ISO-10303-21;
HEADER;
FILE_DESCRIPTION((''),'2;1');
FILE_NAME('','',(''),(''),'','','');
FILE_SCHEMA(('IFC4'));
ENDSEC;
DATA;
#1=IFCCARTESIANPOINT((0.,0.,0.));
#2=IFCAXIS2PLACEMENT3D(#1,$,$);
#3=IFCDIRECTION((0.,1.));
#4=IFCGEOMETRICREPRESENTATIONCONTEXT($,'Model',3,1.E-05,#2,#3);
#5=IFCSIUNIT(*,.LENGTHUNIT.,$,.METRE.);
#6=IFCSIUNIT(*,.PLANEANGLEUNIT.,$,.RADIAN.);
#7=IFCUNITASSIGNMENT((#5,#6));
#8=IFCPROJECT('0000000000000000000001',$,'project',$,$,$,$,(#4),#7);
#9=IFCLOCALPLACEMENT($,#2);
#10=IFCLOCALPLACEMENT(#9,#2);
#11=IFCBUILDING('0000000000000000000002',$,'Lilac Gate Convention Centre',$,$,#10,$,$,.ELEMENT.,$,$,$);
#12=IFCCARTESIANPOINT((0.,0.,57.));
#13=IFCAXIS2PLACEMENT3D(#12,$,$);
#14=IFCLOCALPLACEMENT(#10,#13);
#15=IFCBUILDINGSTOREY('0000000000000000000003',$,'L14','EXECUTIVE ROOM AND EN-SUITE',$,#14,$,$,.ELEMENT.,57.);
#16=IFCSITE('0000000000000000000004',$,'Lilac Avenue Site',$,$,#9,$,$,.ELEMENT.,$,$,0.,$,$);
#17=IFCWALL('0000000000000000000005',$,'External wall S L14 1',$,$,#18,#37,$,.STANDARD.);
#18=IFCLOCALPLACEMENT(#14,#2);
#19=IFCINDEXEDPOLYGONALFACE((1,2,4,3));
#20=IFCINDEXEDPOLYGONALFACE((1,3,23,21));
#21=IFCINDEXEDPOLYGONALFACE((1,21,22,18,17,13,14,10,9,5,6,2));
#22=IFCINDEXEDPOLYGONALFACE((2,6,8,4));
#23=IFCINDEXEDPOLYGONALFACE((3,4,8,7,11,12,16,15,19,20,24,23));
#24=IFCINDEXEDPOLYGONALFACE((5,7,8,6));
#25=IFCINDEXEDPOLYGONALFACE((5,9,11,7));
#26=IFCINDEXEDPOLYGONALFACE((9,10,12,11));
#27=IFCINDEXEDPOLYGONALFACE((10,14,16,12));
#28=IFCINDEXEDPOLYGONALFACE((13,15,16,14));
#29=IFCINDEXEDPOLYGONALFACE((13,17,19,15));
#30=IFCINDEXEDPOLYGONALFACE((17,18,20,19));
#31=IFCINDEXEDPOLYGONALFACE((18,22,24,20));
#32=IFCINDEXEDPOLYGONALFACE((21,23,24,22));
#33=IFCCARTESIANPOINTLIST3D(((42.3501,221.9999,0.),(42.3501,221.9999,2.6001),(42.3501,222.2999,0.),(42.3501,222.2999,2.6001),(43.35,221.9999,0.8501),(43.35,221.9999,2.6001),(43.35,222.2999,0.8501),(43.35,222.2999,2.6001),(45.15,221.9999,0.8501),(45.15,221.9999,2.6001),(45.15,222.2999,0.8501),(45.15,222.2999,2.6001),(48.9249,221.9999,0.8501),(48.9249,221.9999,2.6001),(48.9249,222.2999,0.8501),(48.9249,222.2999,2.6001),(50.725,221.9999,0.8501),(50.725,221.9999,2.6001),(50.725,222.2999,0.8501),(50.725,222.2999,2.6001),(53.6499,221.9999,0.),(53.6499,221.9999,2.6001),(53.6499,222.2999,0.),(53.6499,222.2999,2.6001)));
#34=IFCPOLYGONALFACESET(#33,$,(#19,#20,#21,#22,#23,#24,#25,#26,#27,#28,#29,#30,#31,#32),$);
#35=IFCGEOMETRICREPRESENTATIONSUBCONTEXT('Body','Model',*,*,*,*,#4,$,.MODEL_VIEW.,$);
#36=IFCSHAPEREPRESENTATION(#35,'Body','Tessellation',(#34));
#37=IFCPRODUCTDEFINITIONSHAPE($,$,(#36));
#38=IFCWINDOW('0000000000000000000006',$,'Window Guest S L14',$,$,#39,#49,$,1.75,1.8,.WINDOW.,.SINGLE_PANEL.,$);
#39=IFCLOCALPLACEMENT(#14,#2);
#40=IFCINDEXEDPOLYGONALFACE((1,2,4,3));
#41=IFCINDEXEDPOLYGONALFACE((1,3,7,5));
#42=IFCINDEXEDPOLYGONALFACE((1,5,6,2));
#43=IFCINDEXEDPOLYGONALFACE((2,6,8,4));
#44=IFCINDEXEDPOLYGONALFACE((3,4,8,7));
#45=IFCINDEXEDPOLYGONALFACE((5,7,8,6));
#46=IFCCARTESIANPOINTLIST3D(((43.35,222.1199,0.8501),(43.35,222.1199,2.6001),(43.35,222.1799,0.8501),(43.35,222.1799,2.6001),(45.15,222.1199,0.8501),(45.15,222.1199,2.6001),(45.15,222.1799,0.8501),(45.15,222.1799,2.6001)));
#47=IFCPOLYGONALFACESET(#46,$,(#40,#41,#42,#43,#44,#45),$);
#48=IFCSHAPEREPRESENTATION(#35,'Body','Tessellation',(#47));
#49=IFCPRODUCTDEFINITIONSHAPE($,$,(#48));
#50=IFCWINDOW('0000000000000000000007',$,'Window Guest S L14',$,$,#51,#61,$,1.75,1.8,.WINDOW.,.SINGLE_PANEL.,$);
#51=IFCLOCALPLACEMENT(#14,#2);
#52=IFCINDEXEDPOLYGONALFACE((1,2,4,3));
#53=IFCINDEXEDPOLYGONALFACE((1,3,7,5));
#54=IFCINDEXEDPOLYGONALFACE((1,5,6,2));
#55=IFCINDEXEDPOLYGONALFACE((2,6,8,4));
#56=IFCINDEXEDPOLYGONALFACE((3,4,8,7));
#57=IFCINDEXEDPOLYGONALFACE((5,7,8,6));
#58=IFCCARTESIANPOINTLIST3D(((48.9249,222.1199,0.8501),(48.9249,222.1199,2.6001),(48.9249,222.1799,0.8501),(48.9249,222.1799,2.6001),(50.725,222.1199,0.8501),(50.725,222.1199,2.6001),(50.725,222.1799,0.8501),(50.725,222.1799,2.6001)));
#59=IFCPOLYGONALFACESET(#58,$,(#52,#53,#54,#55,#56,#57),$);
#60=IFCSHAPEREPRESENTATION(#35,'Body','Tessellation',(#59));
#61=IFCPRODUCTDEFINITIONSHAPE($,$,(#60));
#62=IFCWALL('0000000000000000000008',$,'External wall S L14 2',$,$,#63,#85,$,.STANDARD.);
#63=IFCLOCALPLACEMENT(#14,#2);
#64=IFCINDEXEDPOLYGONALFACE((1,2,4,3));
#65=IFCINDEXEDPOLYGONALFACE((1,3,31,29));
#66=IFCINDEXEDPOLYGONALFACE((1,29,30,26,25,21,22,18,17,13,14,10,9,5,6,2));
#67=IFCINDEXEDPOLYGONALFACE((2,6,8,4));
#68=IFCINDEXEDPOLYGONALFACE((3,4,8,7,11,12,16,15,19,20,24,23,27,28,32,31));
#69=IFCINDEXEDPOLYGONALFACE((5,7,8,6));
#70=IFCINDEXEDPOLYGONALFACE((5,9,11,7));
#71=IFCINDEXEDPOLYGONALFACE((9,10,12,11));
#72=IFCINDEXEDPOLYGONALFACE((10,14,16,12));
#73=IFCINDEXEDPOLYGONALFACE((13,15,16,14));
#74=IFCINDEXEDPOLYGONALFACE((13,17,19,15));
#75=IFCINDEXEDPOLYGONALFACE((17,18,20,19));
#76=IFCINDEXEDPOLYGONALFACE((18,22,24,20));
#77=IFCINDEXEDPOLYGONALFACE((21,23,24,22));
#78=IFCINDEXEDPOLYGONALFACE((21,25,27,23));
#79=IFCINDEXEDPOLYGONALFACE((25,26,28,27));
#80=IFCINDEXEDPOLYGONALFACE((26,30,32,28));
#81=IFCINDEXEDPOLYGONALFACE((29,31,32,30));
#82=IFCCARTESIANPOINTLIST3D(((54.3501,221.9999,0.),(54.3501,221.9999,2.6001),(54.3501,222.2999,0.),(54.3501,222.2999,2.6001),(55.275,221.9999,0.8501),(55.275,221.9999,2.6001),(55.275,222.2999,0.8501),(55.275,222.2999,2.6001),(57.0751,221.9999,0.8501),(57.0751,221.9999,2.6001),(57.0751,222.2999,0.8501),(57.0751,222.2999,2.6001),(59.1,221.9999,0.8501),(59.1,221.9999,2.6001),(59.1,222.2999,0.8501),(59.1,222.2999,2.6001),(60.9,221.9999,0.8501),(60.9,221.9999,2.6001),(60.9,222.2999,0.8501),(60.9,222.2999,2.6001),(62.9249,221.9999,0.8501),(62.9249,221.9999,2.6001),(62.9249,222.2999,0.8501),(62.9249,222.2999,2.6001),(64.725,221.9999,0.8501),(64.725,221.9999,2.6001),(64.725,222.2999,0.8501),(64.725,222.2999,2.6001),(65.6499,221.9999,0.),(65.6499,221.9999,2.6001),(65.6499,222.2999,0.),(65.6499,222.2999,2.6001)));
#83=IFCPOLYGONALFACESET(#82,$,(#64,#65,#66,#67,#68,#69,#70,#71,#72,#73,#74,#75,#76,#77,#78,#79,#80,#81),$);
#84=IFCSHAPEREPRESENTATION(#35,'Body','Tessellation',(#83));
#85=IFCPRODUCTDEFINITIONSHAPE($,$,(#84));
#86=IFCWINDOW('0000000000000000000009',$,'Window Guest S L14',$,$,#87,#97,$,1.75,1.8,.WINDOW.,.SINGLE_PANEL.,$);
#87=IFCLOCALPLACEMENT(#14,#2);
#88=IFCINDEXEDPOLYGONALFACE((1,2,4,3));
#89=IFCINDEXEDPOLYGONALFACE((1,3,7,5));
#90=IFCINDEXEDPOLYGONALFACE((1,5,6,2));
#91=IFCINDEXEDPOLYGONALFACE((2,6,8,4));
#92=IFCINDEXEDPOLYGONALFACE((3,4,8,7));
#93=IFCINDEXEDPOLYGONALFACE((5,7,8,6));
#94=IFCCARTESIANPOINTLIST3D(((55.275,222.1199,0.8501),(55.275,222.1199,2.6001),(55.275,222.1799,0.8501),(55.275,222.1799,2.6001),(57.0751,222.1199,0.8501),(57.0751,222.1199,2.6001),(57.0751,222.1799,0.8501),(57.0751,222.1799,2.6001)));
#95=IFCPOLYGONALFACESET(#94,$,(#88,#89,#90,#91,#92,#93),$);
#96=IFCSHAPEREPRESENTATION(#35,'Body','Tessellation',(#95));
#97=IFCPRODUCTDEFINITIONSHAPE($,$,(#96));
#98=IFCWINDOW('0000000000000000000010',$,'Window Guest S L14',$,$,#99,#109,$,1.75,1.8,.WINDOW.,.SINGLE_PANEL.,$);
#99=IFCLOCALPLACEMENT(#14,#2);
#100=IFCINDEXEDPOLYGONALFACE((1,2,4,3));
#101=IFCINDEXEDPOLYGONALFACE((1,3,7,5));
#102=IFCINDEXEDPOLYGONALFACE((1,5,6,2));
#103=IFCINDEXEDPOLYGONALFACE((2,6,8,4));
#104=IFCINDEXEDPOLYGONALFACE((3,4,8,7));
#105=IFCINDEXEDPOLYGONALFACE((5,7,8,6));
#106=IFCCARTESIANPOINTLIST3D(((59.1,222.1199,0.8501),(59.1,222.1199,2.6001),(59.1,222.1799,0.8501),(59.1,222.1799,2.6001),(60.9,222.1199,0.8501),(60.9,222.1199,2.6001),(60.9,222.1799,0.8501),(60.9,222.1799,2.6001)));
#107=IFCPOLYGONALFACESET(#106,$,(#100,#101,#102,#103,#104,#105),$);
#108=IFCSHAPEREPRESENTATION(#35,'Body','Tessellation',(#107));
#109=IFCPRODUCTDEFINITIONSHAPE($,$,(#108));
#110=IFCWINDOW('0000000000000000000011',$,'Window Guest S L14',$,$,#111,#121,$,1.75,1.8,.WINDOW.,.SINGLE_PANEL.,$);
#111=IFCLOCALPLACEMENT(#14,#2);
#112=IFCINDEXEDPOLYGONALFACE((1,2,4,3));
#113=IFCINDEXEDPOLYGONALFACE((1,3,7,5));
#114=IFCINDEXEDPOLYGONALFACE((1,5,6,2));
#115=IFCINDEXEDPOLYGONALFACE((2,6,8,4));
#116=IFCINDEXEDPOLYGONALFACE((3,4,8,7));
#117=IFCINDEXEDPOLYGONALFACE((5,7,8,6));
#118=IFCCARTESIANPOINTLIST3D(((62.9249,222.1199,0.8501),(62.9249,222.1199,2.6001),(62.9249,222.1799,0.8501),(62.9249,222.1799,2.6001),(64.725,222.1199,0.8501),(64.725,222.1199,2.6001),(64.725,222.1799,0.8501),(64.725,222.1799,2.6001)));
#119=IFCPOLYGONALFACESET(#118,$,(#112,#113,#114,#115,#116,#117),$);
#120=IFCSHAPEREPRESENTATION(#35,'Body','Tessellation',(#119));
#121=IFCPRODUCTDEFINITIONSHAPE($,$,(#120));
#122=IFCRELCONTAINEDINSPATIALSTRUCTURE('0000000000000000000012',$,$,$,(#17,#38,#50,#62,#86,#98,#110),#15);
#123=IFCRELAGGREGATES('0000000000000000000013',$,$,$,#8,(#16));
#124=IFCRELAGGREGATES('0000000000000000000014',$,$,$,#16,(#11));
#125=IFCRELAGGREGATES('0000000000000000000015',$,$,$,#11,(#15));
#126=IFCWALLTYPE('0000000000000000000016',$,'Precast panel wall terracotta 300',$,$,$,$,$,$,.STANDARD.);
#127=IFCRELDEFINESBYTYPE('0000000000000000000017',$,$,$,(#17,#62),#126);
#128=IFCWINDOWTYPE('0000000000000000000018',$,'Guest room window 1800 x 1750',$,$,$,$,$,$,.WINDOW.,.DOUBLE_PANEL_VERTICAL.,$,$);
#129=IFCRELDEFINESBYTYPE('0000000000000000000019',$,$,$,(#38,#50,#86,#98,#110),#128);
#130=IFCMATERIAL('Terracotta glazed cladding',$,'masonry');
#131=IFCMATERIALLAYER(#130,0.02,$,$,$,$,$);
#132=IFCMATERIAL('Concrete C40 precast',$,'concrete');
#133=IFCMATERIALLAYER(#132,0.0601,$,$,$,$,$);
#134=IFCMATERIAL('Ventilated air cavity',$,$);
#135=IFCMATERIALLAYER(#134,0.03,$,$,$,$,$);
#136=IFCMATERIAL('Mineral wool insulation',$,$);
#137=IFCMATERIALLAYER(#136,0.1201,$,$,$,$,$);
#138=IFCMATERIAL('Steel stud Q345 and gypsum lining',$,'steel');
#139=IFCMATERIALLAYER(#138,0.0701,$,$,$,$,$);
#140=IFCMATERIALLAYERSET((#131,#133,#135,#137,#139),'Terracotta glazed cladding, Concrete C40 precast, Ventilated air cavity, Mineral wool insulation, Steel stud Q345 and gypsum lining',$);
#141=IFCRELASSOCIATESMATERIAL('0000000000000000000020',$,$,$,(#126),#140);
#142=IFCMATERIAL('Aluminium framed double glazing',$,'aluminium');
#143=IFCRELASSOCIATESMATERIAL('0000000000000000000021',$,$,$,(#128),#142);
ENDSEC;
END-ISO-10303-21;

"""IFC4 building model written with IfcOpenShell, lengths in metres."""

from ifc_helpers import new_model, si_unit, direction, frame, frame_2d, origin, place, context, subcontext, project, spatial, rectangle, extrude, material, layer, layer_set, type_object, element, fill, save


model = new_model("IFC4")

# Units and contexts
model_context = context("Model", 3, precision=1e-05, world=origin(), true_north=direction((0.0, 1.0)))
body_context = subcontext(model_context, "Body", "Model", "MODEL_VIEW")
ifc_project = project(units=[si_unit("LENGTHUNIT", "METRE"), si_unit("PLANEANGLEUNIT", "RADIAN")], contexts=[model_context])

# Site, building, storey
site_placement = place(None, origin())
site = spatial("IfcSite", under=ifc_project, at=site_placement, Name="Lilac Avenue Site", CompositionType="ELEMENT", RefElevation=0.0)
building_placement = place(site_placement, origin())
building = spatial("IfcBuilding", under=site, at=building_placement, Name="Lilac Gate Convention Centre", CompositionType="ELEMENT")
storey_placement = place(building_placement, frame((0.0, 0.0, 57.0)))
storey = spatial("IfcBuildingStorey", under=building, at=storey_placement, Name="L14", Description="EXECUTIVE ROOM AND EN-SUITE", CompositionType="ELEMENT", Elevation=57.0)

# Shared definitions
ifc_material_1 = material(Name="Concrete C40 precast", Category="concrete")

# Walls, openings, windows
ifc_material_2 = material(Name="Terracotta glazed cladding", Category="masonry")
ifc_layer_1 = layer(ifc_material_2, 0.02)
ifc_layer_2 = layer(ifc_material_1, 0.0601)
ifc_material_3 = material(Name="Ventilated air cavity")
ifc_layer_3 = layer(ifc_material_3, 0.03)
ifc_material_4 = material(Name="Mineral wool insulation")
ifc_layer_4 = layer(ifc_material_4, 0.1201)
ifc_material_5 = material(Name="Steel stud Q345 and gypsum lining", Category="steel")
ifc_layer_5 = layer(ifc_material_5, 0.0701)
ifc_layer_set_1 = layer_set([ifc_layer_1, ifc_layer_2, ifc_layer_3, ifc_layer_4, ifc_layer_5], Name="Terracotta glazed cladding, Concrete C40 precast, Ventilated air cavity, Mineral wool insulation, Steel stud Q345 and gypsum lining")
wall_type_1 = type_object("IfcWallType", Name="Precast panel wall terracotta 300", PredefinedType="STANDARD", material=ifc_layer_set_1)
wall_1_placement = place(storey_placement, frame((42.3501, 222.1499, 0.0), z_axis=(0.0, 0.0, 1.0), x_axis=(1.0, 0.0, 0.0)))
wall_1 = element("IfcWall", 1, at=wall_1_placement, inside=storey, type_object=wall_type_1, Name="External wall S L14 1", PredefinedType="STANDARD", context=body_context, shape_type="SweptSolid", body=[
    extrude(rectangle(XDim=11.2998, YDim=0.3, at=frame_2d((5.6499, 0.0))), origin(), (0.0, 0.0, 1.0), 2.6001),
])
opening_1_placement = place(wall_1_placement, frame((1.0, 0.0, 0.8501)))
opening_1 = element("IfcOpeningElement", 2, at=opening_1_placement, cuts=wall_1, PredefinedType="OPENING", context=body_context, shape_type="SweptSolid", body=[
    extrude(rectangle(XDim=1.8, YDim=1.75, at=frame_2d((0.8999, 0.875))), frame((0.0, 0.1599, 0.0), z_axis=(0.0, -1.0, 0.0), x_axis=(1.0, 0.0, 0.0)), (0.0, 0.0, 1.0), 0.3201),
])
opening_2_placement = place(wall_1_placement, frame((6.575, 0.0, 0.8501)))
opening_2 = element("IfcOpeningElement", 3, at=opening_2_placement, cuts=wall_1, PredefinedType="OPENING", context=body_context, shape_type="SweptSolid", body=[
    extrude(rectangle(XDim=1.8, YDim=1.75, at=frame_2d((0.8999, 0.875))), frame((0.0, 0.1599, 0.0), z_axis=(0.0, -1.0, 0.0), x_axis=(1.0, 0.0, 0.0)), (0.0, 0.0, 1.0), 0.3201),
])
ifc_material_6 = material(Name="Aluminium framed double glazing", Category="aluminium")
window_type = type_object("IfcWindowType", Name="Guest room window 1800 x 1750", PartitioningType="DOUBLE_PANEL_VERTICAL", PredefinedType="WINDOW", material=ifc_material_6)
window_1_placement = place(opening_1_placement, origin())
window_1 = element("IfcWindow", 4, at=window_1_placement, inside=storey, type_object=window_type, Name="Window Guest S L14", OverallHeight=1.75, OverallWidth=1.8, PartitioningType="SINGLE_PANEL", PredefinedType="WINDOW", context=body_context, shape_type="SweptSolid", body=[
    extrude(rectangle(XDim=1.8, YDim=1.75, at=frame_2d((0.8999, 0.875))), frame((0.0, 0.03, 0.0), z_axis=(0.0, -1.0, 0.0), x_axis=(1.0, 0.0, 0.0)), (0.0, 0.0, 1.0), 0.0601),
])
fill(opening_1, window_1)
window_2_placement = place(opening_2_placement, origin())
window_2 = element("IfcWindow", 5, at=window_2_placement, inside=storey, type_object=window_type, Name="Window Guest S L14", OverallHeight=1.75, OverallWidth=1.8, PartitioningType="SINGLE_PANEL", PredefinedType="WINDOW", context=body_context, shape_type="SweptSolid", body=[
    extrude(rectangle(XDim=1.8, YDim=1.75, at=frame_2d((0.8999, 0.875))), frame((0.0, 0.03, 0.0), z_axis=(0.0, -1.0, 0.0), x_axis=(1.0, 0.0, 0.0)), (0.0, 0.0, 1.0), 0.0601),
])
fill(opening_2, window_2)
wall_2_placement = place(storey_placement, frame((54.3501, 222.1499, 0.0), z_axis=(0.0, 0.0, 1.0), x_axis=(1.0, 0.0, 0.0)))
wall_2 = element("IfcWall", 6, at=wall_2_placement, inside=storey, type_object=wall_type_1, Name="External wall S L14 2", PredefinedType="STANDARD", context=body_context, shape_type="SweptSolid", body=[
    extrude(rectangle(XDim=11.2998, YDim=0.3, at=frame_2d((5.6499, 0.0))), origin(), (0.0, 0.0, 1.0), 2.6001),
])
opening_3_placement = place(wall_2_placement, frame((0.925, 0.0, 0.8501)))
opening_3 = element("IfcOpeningElement", 7, at=opening_3_placement, cuts=wall_2, PredefinedType="OPENING", context=body_context, shape_type="SweptSolid", body=[
    extrude(rectangle(XDim=1.8, YDim=1.75, at=frame_2d((0.8999, 0.875))), frame((0.0, 0.1599, 0.0), z_axis=(0.0, -1.0, 0.0), x_axis=(1.0, 0.0, 0.0)), (0.0, 0.0, 1.0), 0.3201),
])
opening_4_placement = place(wall_2_placement, frame((4.75, 0.0, 0.8501)))
opening_4 = element("IfcOpeningElement", 8, at=opening_4_placement, cuts=wall_2, PredefinedType="OPENING", context=body_context, shape_type="SweptSolid", body=[
    extrude(rectangle(XDim=1.8, YDim=1.75, at=frame_2d((0.8999, 0.875))), frame((0.0, 0.1599, 0.0), z_axis=(0.0, -1.0, 0.0), x_axis=(1.0, 0.0, 0.0)), (0.0, 0.0, 1.0), 0.3201),
])
opening_5_placement = place(wall_2_placement, frame((8.575, 0.0, 0.8501)))
opening_5 = element("IfcOpeningElement", 9, at=opening_5_placement, cuts=wall_2, PredefinedType="OPENING", context=body_context, shape_type="SweptSolid", body=[
    extrude(rectangle(XDim=1.8, YDim=1.75, at=frame_2d((0.8999, 0.875))), frame((0.0, 0.1599, 0.0), z_axis=(0.0, -1.0, 0.0), x_axis=(1.0, 0.0, 0.0)), (0.0, 0.0, 1.0), 0.3201),
])
window_3_placement = place(opening_3_placement, origin())
window_3 = element("IfcWindow", 10, at=window_3_placement, inside=storey, type_object=window_type, Name="Window Guest S L14", OverallHeight=1.75, OverallWidth=1.8, PartitioningType="SINGLE_PANEL", PredefinedType="WINDOW", context=body_context, shape_type="SweptSolid", body=[
    extrude(rectangle(XDim=1.8, YDim=1.75, at=frame_2d((0.8999, 0.875))), frame((0.0, 0.03, 0.0), z_axis=(0.0, -1.0, 0.0), x_axis=(1.0, 0.0, 0.0)), (0.0, 0.0, 1.0), 0.0601),
])
fill(opening_3, window_3)
window_4_placement = place(opening_4_placement, origin())
window_4 = element("IfcWindow", 11, at=window_4_placement, inside=storey, type_object=window_type, Name="Window Guest S L14", OverallHeight=1.75, OverallWidth=1.8, PartitioningType="SINGLE_PANEL", PredefinedType="WINDOW", context=body_context, shape_type="SweptSolid", body=[
    extrude(rectangle(XDim=1.8, YDim=1.75, at=frame_2d((0.8999, 0.875))), frame((0.0, 0.03, 0.0), z_axis=(0.0, -1.0, 0.0), x_axis=(1.0, 0.0, 0.0)), (0.0, 0.0, 1.0), 0.0601),
])
fill(opening_4, window_4)
window_5_placement = place(opening_5_placement, origin())
window_5 = element("IfcWindow", 12, at=window_5_placement, inside=storey, type_object=window_type, Name="Window Guest S L14", OverallHeight=1.75, OverallWidth=1.8, PartitioningType="SINGLE_PANEL", PredefinedType="WINDOW", context=body_context, shape_type="SweptSolid", body=[
    extrude(rectangle(XDim=1.8, YDim=1.75, at=frame_2d((0.8999, 0.875))), frame((0.0, 0.03, 0.0), z_axis=(0.0, -1.0, 0.0), x_axis=(1.0, 0.0, 0.0)), (0.0, 0.0, 1.0), 0.0601),
])
fill(opening_5, window_5)

save(model, "model.ifc")
